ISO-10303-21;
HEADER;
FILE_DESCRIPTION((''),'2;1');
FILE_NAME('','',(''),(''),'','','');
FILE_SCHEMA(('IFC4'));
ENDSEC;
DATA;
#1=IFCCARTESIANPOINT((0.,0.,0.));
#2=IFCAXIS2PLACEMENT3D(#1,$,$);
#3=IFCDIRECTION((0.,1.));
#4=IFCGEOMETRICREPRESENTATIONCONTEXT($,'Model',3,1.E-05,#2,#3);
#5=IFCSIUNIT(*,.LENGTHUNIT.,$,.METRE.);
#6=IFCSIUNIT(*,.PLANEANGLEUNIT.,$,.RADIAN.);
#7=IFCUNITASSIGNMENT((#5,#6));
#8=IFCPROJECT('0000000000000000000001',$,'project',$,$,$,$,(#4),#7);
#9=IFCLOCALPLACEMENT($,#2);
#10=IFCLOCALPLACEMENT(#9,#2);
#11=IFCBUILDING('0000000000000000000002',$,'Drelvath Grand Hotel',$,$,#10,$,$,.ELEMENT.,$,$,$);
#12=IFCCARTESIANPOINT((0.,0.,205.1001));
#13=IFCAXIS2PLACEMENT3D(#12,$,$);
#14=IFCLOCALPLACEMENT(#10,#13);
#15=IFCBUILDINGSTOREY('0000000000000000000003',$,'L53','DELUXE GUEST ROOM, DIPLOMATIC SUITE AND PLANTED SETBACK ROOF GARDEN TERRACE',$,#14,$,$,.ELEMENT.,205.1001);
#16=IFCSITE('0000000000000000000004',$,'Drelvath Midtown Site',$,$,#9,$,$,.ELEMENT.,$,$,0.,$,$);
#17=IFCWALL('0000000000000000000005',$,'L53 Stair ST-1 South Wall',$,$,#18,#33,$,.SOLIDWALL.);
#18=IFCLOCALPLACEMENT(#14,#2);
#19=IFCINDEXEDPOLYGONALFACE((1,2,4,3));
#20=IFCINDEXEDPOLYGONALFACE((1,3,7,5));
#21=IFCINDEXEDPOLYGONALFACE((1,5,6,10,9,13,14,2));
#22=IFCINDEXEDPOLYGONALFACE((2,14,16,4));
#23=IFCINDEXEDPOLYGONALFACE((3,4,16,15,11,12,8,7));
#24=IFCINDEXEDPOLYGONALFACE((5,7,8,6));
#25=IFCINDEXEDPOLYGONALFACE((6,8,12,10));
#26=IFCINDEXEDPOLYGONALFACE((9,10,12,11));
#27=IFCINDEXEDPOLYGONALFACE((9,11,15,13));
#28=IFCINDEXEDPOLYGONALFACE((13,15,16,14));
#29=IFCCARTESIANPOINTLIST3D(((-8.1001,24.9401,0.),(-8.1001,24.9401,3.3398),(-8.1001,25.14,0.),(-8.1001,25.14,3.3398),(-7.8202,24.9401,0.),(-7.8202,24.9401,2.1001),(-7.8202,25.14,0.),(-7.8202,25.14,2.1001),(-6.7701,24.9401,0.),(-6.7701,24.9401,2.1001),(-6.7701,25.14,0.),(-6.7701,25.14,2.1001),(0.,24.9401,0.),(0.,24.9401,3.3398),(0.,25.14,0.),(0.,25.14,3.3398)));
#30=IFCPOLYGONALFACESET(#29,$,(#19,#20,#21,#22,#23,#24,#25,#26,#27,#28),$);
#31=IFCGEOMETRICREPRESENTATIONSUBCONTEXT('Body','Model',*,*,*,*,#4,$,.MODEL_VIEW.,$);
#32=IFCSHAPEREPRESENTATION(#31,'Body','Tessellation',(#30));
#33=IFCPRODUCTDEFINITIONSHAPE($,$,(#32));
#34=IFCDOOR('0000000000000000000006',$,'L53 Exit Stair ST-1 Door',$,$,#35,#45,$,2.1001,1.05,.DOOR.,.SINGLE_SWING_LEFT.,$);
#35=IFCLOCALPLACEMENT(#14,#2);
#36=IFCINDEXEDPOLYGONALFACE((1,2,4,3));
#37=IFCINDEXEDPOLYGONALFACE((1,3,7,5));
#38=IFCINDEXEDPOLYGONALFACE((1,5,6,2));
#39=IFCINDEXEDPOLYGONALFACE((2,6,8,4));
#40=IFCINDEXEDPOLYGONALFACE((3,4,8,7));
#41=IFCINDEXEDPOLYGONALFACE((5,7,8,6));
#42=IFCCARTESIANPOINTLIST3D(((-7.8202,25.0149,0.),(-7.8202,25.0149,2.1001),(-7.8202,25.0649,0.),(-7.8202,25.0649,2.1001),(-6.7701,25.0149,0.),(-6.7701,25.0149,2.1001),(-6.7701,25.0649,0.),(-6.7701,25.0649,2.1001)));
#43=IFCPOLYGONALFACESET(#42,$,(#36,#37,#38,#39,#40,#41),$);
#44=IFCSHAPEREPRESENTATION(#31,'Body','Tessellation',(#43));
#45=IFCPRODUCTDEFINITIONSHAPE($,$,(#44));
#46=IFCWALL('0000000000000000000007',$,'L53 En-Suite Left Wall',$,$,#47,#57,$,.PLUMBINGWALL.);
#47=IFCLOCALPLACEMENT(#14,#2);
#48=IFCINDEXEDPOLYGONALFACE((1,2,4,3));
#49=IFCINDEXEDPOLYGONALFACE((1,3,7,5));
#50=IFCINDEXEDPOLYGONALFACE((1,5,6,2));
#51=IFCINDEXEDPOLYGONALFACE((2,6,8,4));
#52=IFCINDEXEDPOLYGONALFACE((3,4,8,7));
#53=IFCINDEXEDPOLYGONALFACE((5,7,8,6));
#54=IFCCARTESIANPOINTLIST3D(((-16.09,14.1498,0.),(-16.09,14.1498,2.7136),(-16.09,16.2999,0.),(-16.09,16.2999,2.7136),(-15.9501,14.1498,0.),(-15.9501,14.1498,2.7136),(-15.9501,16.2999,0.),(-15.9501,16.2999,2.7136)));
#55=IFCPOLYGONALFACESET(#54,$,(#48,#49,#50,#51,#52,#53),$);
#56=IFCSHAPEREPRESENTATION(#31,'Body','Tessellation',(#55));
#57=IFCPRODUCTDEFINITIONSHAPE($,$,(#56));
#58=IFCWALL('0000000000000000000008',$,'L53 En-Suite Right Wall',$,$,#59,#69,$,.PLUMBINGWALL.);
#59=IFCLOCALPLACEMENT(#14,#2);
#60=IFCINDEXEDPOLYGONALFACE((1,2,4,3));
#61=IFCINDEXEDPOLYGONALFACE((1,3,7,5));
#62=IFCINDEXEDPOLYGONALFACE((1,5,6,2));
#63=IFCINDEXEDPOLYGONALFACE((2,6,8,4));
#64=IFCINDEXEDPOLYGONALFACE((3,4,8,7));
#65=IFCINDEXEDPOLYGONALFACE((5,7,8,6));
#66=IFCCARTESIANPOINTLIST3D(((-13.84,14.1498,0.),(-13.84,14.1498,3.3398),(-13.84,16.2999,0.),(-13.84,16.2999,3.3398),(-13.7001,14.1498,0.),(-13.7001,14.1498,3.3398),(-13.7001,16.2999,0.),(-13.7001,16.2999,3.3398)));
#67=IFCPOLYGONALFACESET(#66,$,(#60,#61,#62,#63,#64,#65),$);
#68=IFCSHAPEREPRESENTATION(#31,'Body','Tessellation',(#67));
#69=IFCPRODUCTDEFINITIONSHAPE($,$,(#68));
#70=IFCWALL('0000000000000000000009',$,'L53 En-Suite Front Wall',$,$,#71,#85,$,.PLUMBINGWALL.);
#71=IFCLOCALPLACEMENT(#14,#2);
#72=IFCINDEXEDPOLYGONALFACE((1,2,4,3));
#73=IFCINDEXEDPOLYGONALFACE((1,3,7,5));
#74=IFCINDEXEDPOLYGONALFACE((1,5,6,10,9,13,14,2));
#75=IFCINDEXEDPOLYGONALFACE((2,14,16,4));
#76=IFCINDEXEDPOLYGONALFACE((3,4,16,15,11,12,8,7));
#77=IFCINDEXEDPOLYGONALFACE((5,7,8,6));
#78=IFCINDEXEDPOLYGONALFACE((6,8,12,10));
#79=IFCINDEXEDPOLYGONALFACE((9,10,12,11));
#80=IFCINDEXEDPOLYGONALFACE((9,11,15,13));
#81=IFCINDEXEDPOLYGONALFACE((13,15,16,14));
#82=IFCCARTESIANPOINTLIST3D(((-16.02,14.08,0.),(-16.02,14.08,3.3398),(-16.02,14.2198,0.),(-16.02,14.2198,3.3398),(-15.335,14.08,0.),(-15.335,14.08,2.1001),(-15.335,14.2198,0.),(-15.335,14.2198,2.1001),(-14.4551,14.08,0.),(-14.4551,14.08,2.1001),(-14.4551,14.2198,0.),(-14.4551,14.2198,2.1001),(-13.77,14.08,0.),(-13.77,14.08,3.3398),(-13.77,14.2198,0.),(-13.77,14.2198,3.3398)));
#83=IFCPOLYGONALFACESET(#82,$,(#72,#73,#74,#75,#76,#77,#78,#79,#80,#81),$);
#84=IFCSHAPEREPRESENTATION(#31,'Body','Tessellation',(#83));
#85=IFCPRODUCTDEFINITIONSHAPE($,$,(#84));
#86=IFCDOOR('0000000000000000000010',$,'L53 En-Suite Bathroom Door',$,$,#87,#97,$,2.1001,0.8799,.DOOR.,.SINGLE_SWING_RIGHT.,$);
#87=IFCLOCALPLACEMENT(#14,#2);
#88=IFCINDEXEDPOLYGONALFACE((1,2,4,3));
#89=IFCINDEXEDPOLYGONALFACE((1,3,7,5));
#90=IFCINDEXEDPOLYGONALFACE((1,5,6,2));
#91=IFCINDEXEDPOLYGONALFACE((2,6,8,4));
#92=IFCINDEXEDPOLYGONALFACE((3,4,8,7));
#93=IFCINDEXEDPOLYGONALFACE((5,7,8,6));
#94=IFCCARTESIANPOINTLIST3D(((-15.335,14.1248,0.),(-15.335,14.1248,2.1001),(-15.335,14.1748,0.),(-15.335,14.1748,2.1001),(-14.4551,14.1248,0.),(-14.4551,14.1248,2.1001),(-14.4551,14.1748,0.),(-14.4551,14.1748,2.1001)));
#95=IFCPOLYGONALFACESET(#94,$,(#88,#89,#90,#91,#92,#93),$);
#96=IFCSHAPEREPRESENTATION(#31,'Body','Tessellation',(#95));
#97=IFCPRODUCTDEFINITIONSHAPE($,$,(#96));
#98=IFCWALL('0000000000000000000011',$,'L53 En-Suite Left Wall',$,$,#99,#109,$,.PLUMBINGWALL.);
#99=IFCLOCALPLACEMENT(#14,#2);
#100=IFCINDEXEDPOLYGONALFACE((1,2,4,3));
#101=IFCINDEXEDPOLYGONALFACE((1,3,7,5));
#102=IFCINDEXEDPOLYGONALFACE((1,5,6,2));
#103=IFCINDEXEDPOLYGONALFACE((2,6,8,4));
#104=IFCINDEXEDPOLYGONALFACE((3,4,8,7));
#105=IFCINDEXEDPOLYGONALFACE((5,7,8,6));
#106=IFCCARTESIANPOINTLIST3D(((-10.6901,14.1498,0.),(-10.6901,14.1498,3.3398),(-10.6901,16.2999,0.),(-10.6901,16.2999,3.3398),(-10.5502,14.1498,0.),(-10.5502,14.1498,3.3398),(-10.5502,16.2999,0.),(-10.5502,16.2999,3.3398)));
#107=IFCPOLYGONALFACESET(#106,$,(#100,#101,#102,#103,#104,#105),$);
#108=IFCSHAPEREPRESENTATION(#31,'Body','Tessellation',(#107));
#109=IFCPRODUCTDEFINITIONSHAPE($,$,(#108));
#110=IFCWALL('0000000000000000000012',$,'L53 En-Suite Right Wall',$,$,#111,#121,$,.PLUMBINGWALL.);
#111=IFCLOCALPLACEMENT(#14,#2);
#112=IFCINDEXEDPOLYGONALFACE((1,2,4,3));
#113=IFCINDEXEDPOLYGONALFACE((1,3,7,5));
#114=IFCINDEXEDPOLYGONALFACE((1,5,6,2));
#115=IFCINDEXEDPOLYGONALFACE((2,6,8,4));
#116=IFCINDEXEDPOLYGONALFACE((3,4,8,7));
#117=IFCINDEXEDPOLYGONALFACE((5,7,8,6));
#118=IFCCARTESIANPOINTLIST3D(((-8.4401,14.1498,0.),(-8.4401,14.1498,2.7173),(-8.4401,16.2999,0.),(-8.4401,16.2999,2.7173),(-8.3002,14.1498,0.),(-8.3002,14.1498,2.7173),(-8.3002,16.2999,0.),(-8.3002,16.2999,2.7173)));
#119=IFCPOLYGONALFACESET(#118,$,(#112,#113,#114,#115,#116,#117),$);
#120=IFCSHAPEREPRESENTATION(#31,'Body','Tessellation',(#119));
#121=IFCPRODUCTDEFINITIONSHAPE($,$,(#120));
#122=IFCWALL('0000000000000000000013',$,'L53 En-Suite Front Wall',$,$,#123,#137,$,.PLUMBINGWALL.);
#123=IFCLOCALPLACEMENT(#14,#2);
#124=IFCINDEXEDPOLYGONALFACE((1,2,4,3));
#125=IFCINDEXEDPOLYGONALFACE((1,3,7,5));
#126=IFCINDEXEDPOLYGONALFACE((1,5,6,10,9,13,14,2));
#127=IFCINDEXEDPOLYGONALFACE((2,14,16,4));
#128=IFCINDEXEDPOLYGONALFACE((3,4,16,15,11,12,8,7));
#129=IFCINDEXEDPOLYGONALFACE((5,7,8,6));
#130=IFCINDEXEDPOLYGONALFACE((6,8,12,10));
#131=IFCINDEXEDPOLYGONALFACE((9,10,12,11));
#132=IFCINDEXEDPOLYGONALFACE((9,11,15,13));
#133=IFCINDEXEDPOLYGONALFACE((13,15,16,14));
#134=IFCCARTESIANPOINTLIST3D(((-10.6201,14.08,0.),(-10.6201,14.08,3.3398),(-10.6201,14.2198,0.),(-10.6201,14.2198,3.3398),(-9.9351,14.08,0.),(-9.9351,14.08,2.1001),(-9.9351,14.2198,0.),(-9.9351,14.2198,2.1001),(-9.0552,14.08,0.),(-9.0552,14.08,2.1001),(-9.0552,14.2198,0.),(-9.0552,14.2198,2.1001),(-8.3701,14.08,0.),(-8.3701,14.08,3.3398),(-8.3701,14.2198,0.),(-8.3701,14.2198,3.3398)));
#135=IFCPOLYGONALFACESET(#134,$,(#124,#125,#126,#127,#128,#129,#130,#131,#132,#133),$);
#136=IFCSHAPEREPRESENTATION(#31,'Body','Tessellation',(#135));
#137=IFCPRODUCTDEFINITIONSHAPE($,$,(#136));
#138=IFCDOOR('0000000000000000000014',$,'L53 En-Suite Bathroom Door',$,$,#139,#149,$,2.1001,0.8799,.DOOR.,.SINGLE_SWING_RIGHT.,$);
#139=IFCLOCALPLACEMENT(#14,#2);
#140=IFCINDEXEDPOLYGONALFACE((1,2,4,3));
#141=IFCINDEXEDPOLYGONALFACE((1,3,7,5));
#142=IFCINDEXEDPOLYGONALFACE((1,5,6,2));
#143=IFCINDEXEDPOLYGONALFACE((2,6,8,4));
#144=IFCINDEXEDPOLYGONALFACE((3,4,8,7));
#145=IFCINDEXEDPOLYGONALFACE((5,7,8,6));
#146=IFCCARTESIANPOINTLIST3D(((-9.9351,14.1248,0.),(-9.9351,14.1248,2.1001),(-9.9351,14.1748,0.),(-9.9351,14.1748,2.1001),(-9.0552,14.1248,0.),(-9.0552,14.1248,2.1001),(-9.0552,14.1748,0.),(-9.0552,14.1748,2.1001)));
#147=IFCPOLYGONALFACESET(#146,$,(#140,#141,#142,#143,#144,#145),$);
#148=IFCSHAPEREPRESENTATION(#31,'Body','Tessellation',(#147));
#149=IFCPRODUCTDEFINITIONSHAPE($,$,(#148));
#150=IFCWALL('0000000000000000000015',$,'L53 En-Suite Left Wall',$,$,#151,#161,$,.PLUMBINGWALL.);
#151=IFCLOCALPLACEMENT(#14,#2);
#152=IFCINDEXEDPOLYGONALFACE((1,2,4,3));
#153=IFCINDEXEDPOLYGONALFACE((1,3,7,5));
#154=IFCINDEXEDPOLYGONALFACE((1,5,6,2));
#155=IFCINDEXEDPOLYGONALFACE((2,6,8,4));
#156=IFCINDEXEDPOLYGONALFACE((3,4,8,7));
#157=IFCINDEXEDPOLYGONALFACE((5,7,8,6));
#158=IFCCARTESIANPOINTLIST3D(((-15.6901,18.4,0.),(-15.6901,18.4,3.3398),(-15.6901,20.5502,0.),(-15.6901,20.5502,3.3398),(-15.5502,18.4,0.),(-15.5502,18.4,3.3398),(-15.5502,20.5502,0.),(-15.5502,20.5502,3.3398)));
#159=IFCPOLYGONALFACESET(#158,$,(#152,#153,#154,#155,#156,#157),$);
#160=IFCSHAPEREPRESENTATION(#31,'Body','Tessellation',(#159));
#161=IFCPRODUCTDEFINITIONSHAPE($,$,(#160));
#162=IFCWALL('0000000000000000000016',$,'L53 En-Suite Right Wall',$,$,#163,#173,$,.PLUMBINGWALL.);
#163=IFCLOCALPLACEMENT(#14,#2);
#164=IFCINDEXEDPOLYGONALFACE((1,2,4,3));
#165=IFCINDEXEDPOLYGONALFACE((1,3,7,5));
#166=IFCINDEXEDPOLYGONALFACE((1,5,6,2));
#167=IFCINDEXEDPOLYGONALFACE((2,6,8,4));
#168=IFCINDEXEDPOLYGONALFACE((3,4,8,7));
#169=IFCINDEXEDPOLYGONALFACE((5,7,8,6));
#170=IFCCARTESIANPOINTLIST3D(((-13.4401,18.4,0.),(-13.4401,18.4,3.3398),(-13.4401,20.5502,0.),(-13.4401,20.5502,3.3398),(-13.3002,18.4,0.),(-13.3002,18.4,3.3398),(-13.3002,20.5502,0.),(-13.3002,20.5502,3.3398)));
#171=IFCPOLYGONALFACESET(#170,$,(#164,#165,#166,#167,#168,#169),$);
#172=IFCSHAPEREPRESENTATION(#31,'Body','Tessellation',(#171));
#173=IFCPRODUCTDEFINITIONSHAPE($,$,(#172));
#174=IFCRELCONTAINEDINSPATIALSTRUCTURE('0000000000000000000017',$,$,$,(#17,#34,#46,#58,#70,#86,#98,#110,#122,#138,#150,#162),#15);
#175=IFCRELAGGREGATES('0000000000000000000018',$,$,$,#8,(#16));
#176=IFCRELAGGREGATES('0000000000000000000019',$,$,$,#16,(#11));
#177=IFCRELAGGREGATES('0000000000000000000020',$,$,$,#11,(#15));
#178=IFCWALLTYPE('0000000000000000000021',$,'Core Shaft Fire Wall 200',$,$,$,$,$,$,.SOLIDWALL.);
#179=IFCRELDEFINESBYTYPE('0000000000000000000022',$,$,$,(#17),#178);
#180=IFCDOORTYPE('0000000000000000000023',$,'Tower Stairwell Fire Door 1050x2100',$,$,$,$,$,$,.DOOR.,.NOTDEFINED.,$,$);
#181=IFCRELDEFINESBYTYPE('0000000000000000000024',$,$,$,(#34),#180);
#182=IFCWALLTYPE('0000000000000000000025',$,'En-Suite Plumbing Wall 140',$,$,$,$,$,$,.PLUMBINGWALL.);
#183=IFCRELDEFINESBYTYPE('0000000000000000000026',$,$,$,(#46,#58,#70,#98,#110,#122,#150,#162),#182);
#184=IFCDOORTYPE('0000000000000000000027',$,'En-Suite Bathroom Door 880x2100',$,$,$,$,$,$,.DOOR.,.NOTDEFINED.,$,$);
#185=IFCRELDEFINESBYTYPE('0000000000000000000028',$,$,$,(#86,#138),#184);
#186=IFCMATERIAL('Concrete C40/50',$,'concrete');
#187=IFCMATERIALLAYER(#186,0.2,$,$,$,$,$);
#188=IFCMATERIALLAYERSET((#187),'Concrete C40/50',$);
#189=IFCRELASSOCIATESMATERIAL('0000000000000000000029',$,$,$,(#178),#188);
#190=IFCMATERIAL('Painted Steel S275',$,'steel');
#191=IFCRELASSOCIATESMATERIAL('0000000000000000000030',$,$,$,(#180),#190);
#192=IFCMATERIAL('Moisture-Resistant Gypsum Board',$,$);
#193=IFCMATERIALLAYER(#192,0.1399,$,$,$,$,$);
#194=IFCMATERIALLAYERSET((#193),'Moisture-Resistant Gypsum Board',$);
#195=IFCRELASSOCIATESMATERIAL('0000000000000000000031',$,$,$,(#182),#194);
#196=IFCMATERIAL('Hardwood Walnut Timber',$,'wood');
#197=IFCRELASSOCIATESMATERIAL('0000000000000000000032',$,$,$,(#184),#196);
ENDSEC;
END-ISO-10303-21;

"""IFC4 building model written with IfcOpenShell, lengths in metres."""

from ifc_helpers import new_model, si_unit, direction, frame, frame_2d, origin, place, context, subcontext, project, spatial, rectangle, extrude, material, layer, layer_set, type_object, element, fill, save


model = new_model("IFC4")

# Units and contexts
model_context = context("Model", 3, precision=1e-05, world=origin(), true_north=direction((0.0, 1.0)))
body_context = subcontext(model_context, "Body", "Model", "MODEL_VIEW")
ifc_project = project(units=[si_unit("LENGTHUNIT", "METRE"), si_unit("PLANEANGLEUNIT", "RADIAN")], contexts=[model_context])

# Site, building, storey
site_placement = place(None, origin())
site = spatial("IfcSite", under=ifc_project, at=site_placement, Name="Drelvath Midtown Site", CompositionType="ELEMENT", RefElevation=0.0)
building_placement = place(site_placement, origin())
building = spatial("IfcBuilding", under=site, at=building_placement, Name="Drelvath Grand Hotel", CompositionType="ELEMENT")
storey_placement = place(building_placement, frame((0.0, 0.0, 205.1001)))
storey = spatial("IfcBuildingStorey", under=building, at=storey_placement, Name="L53", Description="DELUXE GUEST ROOM, DIPLOMATIC SUITE AND PLANTED SETBACK ROOF GARDEN TERRACE", CompositionType="ELEMENT", Elevation=205.1001)

# Wall, opening, door
ifc_material_1 = material(Name="Concrete C40/50", Category="concrete")
ifc_layer_1 = layer(ifc_material_1, 0.2)
ifc_layer_set_1 = layer_set([ifc_layer_1], Name="Concrete C40/50")
wall_type_1 = type_object("IfcWallType", Name="Core Shaft Fire Wall 200", PredefinedType="SOLIDWALL", material=ifc_layer_set_1)
wall_1_placement = place(storey_placement, frame((-8.1001, 25.04, 0.0), z_axis=(0.0, 0.0, 1.0), x_axis=(1.0, 0.0, 0.0)))
wall_1 = element("IfcWall", 1, at=wall_1_placement, inside=storey, type_object=wall_type_1, Name="L53 Stair ST-1 South Wall", PredefinedType="SOLIDWALL", context=body_context, shape_type="SweptSolid", body=[
    extrude(rectangle(XDim=8.1001, YDim=0.2, at=frame_2d((4.05, 0.0))), origin(), (0.0, 0.0, 1.0), 3.3398),
])
opening_1_placement = place(wall_1_placement, frame((0.28, 0.0, 0.0)))
opening_1 = element("IfcOpeningElement", 2, at=opening_1_placement, cuts=wall_1, PredefinedType="OPENING", context=body_context, shape_type="SweptSolid", body=[
    extrude(rectangle(XDim=1.05, YDim=2.1001, at=frame_2d((0.5249, 1.05))), frame((0.0, 0.1099, 0.0), z_axis=(0.0, -1.0, 0.0), x_axis=(1.0, 0.0, 0.0)), (0.0, 0.0, 1.0), 0.22),
])
ifc_material_2 = material(Name="Painted Steel S275", Category="steel")
door_type_1 = type_object("IfcDoorType", Name="Tower Stairwell Fire Door 1050x2100", OperationType="NOTDEFINED", PredefinedType="DOOR", material=ifc_material_2)
door_1_placement = place(opening_1_placement, origin())
door_1 = element("IfcDoor", 3, at=door_1_placement, inside=storey, type_object=door_type_1, Name="L53 Exit Stair ST-1 Door", OperationType="SINGLE_SWING_LEFT", OverallHeight=2.1001, OverallWidth=1.05, PredefinedType="DOOR", context=body_context, shape_type="SweptSolid", body=[
    extrude(rectangle(XDim=1.05, YDim=2.1001, at=frame_2d((0.5249, 1.05))), frame((0.0, 0.0249, 0.0), z_axis=(0.0, -1.0, 0.0), x_axis=(1.0, 0.0, 0.0)), (0.0, 0.0, 1.0), 0.05),
])
fill(opening_1, door_1)

# Walls
ifc_material_3 = material(Name="Moisture-Resistant Gypsum Board")
ifc_layer_2 = layer(ifc_material_3, 0.1399)
ifc_layer_set_2 = layer_set([ifc_layer_2], Name="Moisture-Resistant Gypsum Board")
wall_type_2 = type_object("IfcWallType", Name="En-Suite Plumbing Wall 140", PredefinedType="PLUMBINGWALL", material=ifc_layer_set_2)
wall_2_placement = place(storey_placement, frame((-16.02, 16.3, 0.0), z_axis=(0.0, 0.0, 1.0), x_axis=(0.0, -1.0, 0.0)))
element("IfcWall", 4, at=wall_2_placement, inside=storey, type_object=wall_type_2, Name="L53 En-Suite Left Wall", PredefinedType="PLUMBINGWALL", context=body_context, shape_type="SweptSolid", body=[
    extrude(rectangle(XDim=2.1501, YDim=0.1399, at=frame_2d((1.0752, 0.0))), origin(), (0.0, 0.0, 1.0), 2.7136),
])
wall_3_placement = place(storey_placement, frame((-13.77, 16.3, 0.0), z_axis=(0.0, 0.0, 1.0), x_axis=(0.0, -1.0, 0.0)))
element("IfcWall", 5, at=wall_3_placement, inside=storey, type_object=wall_type_2, Name="L53 En-Suite Right Wall", PredefinedType="PLUMBINGWALL", context=body_context, shape_type="SweptSolid", body=[
    extrude(rectangle(XDim=2.1501, YDim=0.1399, at=frame_2d((1.0752, 0.0))), origin(), (0.0, 0.0, 1.0), 3.3398),
])

# Wall, opening, door
wall_4_placement = place(storey_placement, frame((-16.02, 14.1499, 0.0), z_axis=(0.0, 0.0, 1.0), x_axis=(1.0, 0.0, 0.0)))
wall_4 = element("IfcWall", 6, at=wall_4_placement, inside=storey, type_object=wall_type_2, Name="L53 En-Suite Front Wall", PredefinedType="PLUMBINGWALL", context=body_context, shape_type="SweptSolid", body=[
    extrude(rectangle(XDim=2.25, YDim=0.1399, at=frame_2d((1.125, 0.0))), origin(), (0.0, 0.0, 1.0), 3.3398),
])
opening_2_placement = place(wall_4_placement, frame((0.6851, 0.0, 0.0)))
opening_2 = element("IfcOpeningElement", 7, at=opening_2_placement, cuts=wall_4, PredefinedType="OPENING", context=body_context, shape_type="SweptSolid", body=[
    extrude(rectangle(XDim=0.8799, YDim=2.1001, at=frame_2d((0.4399, 1.05))), frame((0.0, 0.0798, 0.0), z_axis=(0.0, -1.0, 0.0), x_axis=(1.0, 0.0, 0.0)), (0.0, 0.0, 1.0), 0.1599),
])
ifc_material_4 = material(Name="Hardwood Walnut Timber", Category="wood")
door_type_2 = type_object("IfcDoorType", Name="En-Suite Bathroom Door 880x2100", OperationType="NOTDEFINED", PredefinedType="DOOR", material=ifc_material_4)
door_2_placement = place(opening_2_placement, origin())
door_2 = element("IfcDoor", 8, at=door_2_placement, inside=storey, type_object=door_type_2, Name="L53 En-Suite Bathroom Door", OperationType="SINGLE_SWING_RIGHT", OverallHeight=2.1001, OverallWidth=0.8799, PredefinedType="DOOR", context=body_context, shape_type="SweptSolid", body=[
    extrude(rectangle(XDim=0.8799, YDim=2.1001, at=frame_2d((0.4399, 1.05))), frame((0.0, 0.0249, 0.0), z_axis=(0.0, -1.0, 0.0), x_axis=(1.0, 0.0, 0.0)), (0.0, 0.0, 1.0), 0.05),
])
fill(opening_2, door_2)

# Walls
wall_5_placement = place(storey_placement, frame((-10.6201, 16.3, 0.0), z_axis=(0.0, 0.0, 1.0), x_axis=(0.0, -1.0, 0.0)))
element("IfcWall", 9, at=wall_5_placement, inside=storey, type_object=wall_type_2, Name="L53 En-Suite Left Wall", PredefinedType="PLUMBINGWALL", context=body_context, shape_type="SweptSolid", body=[
    extrude(rectangle(XDim=2.1501, YDim=0.1399, at=frame_2d((1.0752, 0.0))), origin(), (0.0, 0.0, 1.0), 3.3398),
])
wall_6_placement = place(storey_placement, frame((-8.3701, 16.3, 0.0), z_axis=(0.0, 0.0, 1.0), x_axis=(0.0, -1.0, 0.0)))
element("IfcWall", 10, at=wall_6_placement, inside=storey, type_object=wall_type_2, Name="L53 En-Suite Right Wall", PredefinedType="PLUMBINGWALL", context=body_context, shape_type="SweptSolid", body=[
    extrude(rectangle(XDim=2.1501, YDim=0.1399, at=frame_2d((1.0752, 0.0))), origin(), (0.0, 0.0, 1.0), 2.7173),
])

# Wall, opening, door
wall_7_placement = place(storey_placement, frame((-10.6201, 14.1499, 0.0), z_axis=(0.0, 0.0, 1.0), x_axis=(1.0, 0.0, 0.0)))
wall_7 = element("IfcWall", 11, at=wall_7_placement, inside=storey, type_object=wall_type_2, Name="L53 En-Suite Front Wall", PredefinedType="PLUMBINGWALL", context=body_context, shape_type="SweptSolid", body=[
    extrude(rectangle(XDim=2.25, YDim=0.1399, at=frame_2d((1.125, 0.0))), origin(), (0.0, 0.0, 1.0), 3.3398),
])
opening_3_placement = place(wall_7_placement, frame((0.6851, 0.0, 0.0)))
opening_3 = element("IfcOpeningElement", 12, at=opening_3_placement, cuts=wall_7, PredefinedType="OPENING", context=body_context, shape_type="SweptSolid", body=[
    extrude(rectangle(XDim=0.8799, YDim=2.1001, at=frame_2d((0.4399, 1.05))), frame((0.0, 0.0798, 0.0), z_axis=(0.0, -1.0, 0.0), x_axis=(1.0, 0.0, 0.0)), (0.0, 0.0, 1.0), 0.1599),
])
door_3_placement = place(opening_3_placement, origin())
door_3 = element("IfcDoor", 13, at=door_3_placement, inside=storey, type_object=door_type_2, Name="L53 En-Suite Bathroom Door", OperationType="SINGLE_SWING_RIGHT", OverallHeight=2.1001, OverallWidth=0.8799, PredefinedType="DOOR", context=body_context, shape_type="SweptSolid", body=[
    extrude(rectangle(XDim=0.8799, YDim=2.1001, at=frame_2d((0.4399, 1.05))), frame((0.0, 0.0249, 0.0), z_axis=(0.0, -1.0, 0.0), x_axis=(1.0, 0.0, 0.0)), (0.0, 0.0, 1.0), 0.05),
])
fill(opening_3, door_3)

# Walls
for number, where, z_axis, x_axis, name in (
    (14, (-15.6201, 18.3999, 0.0), (0.0, 0.0, 1.0), (0.0, 1.0, 0.0), "L53 En-Suite Left Wall"),
    (15, (-13.3701, 18.3999, 0.0), (0.0, 0.0, 1.0), (0.0, 1.0, 0.0), "L53 En-Suite Right Wall"),
):
    element("IfcWall", number, at=place(storey_placement, frame(where, z_axis=z_axis, x_axis=x_axis)), inside=storey, type_object=wall_type_2, Name=name, PredefinedType="PLUMBINGWALL", context=body_context, shape_type="SweptSolid", body=[
        extrude(rectangle(XDim=2.1501, YDim=0.1399, at=frame_2d((1.0752, 0.0))), origin(), (0.0, 0.0, 1.0), 3.3398),
    ])

save(model, "model.ifc")
